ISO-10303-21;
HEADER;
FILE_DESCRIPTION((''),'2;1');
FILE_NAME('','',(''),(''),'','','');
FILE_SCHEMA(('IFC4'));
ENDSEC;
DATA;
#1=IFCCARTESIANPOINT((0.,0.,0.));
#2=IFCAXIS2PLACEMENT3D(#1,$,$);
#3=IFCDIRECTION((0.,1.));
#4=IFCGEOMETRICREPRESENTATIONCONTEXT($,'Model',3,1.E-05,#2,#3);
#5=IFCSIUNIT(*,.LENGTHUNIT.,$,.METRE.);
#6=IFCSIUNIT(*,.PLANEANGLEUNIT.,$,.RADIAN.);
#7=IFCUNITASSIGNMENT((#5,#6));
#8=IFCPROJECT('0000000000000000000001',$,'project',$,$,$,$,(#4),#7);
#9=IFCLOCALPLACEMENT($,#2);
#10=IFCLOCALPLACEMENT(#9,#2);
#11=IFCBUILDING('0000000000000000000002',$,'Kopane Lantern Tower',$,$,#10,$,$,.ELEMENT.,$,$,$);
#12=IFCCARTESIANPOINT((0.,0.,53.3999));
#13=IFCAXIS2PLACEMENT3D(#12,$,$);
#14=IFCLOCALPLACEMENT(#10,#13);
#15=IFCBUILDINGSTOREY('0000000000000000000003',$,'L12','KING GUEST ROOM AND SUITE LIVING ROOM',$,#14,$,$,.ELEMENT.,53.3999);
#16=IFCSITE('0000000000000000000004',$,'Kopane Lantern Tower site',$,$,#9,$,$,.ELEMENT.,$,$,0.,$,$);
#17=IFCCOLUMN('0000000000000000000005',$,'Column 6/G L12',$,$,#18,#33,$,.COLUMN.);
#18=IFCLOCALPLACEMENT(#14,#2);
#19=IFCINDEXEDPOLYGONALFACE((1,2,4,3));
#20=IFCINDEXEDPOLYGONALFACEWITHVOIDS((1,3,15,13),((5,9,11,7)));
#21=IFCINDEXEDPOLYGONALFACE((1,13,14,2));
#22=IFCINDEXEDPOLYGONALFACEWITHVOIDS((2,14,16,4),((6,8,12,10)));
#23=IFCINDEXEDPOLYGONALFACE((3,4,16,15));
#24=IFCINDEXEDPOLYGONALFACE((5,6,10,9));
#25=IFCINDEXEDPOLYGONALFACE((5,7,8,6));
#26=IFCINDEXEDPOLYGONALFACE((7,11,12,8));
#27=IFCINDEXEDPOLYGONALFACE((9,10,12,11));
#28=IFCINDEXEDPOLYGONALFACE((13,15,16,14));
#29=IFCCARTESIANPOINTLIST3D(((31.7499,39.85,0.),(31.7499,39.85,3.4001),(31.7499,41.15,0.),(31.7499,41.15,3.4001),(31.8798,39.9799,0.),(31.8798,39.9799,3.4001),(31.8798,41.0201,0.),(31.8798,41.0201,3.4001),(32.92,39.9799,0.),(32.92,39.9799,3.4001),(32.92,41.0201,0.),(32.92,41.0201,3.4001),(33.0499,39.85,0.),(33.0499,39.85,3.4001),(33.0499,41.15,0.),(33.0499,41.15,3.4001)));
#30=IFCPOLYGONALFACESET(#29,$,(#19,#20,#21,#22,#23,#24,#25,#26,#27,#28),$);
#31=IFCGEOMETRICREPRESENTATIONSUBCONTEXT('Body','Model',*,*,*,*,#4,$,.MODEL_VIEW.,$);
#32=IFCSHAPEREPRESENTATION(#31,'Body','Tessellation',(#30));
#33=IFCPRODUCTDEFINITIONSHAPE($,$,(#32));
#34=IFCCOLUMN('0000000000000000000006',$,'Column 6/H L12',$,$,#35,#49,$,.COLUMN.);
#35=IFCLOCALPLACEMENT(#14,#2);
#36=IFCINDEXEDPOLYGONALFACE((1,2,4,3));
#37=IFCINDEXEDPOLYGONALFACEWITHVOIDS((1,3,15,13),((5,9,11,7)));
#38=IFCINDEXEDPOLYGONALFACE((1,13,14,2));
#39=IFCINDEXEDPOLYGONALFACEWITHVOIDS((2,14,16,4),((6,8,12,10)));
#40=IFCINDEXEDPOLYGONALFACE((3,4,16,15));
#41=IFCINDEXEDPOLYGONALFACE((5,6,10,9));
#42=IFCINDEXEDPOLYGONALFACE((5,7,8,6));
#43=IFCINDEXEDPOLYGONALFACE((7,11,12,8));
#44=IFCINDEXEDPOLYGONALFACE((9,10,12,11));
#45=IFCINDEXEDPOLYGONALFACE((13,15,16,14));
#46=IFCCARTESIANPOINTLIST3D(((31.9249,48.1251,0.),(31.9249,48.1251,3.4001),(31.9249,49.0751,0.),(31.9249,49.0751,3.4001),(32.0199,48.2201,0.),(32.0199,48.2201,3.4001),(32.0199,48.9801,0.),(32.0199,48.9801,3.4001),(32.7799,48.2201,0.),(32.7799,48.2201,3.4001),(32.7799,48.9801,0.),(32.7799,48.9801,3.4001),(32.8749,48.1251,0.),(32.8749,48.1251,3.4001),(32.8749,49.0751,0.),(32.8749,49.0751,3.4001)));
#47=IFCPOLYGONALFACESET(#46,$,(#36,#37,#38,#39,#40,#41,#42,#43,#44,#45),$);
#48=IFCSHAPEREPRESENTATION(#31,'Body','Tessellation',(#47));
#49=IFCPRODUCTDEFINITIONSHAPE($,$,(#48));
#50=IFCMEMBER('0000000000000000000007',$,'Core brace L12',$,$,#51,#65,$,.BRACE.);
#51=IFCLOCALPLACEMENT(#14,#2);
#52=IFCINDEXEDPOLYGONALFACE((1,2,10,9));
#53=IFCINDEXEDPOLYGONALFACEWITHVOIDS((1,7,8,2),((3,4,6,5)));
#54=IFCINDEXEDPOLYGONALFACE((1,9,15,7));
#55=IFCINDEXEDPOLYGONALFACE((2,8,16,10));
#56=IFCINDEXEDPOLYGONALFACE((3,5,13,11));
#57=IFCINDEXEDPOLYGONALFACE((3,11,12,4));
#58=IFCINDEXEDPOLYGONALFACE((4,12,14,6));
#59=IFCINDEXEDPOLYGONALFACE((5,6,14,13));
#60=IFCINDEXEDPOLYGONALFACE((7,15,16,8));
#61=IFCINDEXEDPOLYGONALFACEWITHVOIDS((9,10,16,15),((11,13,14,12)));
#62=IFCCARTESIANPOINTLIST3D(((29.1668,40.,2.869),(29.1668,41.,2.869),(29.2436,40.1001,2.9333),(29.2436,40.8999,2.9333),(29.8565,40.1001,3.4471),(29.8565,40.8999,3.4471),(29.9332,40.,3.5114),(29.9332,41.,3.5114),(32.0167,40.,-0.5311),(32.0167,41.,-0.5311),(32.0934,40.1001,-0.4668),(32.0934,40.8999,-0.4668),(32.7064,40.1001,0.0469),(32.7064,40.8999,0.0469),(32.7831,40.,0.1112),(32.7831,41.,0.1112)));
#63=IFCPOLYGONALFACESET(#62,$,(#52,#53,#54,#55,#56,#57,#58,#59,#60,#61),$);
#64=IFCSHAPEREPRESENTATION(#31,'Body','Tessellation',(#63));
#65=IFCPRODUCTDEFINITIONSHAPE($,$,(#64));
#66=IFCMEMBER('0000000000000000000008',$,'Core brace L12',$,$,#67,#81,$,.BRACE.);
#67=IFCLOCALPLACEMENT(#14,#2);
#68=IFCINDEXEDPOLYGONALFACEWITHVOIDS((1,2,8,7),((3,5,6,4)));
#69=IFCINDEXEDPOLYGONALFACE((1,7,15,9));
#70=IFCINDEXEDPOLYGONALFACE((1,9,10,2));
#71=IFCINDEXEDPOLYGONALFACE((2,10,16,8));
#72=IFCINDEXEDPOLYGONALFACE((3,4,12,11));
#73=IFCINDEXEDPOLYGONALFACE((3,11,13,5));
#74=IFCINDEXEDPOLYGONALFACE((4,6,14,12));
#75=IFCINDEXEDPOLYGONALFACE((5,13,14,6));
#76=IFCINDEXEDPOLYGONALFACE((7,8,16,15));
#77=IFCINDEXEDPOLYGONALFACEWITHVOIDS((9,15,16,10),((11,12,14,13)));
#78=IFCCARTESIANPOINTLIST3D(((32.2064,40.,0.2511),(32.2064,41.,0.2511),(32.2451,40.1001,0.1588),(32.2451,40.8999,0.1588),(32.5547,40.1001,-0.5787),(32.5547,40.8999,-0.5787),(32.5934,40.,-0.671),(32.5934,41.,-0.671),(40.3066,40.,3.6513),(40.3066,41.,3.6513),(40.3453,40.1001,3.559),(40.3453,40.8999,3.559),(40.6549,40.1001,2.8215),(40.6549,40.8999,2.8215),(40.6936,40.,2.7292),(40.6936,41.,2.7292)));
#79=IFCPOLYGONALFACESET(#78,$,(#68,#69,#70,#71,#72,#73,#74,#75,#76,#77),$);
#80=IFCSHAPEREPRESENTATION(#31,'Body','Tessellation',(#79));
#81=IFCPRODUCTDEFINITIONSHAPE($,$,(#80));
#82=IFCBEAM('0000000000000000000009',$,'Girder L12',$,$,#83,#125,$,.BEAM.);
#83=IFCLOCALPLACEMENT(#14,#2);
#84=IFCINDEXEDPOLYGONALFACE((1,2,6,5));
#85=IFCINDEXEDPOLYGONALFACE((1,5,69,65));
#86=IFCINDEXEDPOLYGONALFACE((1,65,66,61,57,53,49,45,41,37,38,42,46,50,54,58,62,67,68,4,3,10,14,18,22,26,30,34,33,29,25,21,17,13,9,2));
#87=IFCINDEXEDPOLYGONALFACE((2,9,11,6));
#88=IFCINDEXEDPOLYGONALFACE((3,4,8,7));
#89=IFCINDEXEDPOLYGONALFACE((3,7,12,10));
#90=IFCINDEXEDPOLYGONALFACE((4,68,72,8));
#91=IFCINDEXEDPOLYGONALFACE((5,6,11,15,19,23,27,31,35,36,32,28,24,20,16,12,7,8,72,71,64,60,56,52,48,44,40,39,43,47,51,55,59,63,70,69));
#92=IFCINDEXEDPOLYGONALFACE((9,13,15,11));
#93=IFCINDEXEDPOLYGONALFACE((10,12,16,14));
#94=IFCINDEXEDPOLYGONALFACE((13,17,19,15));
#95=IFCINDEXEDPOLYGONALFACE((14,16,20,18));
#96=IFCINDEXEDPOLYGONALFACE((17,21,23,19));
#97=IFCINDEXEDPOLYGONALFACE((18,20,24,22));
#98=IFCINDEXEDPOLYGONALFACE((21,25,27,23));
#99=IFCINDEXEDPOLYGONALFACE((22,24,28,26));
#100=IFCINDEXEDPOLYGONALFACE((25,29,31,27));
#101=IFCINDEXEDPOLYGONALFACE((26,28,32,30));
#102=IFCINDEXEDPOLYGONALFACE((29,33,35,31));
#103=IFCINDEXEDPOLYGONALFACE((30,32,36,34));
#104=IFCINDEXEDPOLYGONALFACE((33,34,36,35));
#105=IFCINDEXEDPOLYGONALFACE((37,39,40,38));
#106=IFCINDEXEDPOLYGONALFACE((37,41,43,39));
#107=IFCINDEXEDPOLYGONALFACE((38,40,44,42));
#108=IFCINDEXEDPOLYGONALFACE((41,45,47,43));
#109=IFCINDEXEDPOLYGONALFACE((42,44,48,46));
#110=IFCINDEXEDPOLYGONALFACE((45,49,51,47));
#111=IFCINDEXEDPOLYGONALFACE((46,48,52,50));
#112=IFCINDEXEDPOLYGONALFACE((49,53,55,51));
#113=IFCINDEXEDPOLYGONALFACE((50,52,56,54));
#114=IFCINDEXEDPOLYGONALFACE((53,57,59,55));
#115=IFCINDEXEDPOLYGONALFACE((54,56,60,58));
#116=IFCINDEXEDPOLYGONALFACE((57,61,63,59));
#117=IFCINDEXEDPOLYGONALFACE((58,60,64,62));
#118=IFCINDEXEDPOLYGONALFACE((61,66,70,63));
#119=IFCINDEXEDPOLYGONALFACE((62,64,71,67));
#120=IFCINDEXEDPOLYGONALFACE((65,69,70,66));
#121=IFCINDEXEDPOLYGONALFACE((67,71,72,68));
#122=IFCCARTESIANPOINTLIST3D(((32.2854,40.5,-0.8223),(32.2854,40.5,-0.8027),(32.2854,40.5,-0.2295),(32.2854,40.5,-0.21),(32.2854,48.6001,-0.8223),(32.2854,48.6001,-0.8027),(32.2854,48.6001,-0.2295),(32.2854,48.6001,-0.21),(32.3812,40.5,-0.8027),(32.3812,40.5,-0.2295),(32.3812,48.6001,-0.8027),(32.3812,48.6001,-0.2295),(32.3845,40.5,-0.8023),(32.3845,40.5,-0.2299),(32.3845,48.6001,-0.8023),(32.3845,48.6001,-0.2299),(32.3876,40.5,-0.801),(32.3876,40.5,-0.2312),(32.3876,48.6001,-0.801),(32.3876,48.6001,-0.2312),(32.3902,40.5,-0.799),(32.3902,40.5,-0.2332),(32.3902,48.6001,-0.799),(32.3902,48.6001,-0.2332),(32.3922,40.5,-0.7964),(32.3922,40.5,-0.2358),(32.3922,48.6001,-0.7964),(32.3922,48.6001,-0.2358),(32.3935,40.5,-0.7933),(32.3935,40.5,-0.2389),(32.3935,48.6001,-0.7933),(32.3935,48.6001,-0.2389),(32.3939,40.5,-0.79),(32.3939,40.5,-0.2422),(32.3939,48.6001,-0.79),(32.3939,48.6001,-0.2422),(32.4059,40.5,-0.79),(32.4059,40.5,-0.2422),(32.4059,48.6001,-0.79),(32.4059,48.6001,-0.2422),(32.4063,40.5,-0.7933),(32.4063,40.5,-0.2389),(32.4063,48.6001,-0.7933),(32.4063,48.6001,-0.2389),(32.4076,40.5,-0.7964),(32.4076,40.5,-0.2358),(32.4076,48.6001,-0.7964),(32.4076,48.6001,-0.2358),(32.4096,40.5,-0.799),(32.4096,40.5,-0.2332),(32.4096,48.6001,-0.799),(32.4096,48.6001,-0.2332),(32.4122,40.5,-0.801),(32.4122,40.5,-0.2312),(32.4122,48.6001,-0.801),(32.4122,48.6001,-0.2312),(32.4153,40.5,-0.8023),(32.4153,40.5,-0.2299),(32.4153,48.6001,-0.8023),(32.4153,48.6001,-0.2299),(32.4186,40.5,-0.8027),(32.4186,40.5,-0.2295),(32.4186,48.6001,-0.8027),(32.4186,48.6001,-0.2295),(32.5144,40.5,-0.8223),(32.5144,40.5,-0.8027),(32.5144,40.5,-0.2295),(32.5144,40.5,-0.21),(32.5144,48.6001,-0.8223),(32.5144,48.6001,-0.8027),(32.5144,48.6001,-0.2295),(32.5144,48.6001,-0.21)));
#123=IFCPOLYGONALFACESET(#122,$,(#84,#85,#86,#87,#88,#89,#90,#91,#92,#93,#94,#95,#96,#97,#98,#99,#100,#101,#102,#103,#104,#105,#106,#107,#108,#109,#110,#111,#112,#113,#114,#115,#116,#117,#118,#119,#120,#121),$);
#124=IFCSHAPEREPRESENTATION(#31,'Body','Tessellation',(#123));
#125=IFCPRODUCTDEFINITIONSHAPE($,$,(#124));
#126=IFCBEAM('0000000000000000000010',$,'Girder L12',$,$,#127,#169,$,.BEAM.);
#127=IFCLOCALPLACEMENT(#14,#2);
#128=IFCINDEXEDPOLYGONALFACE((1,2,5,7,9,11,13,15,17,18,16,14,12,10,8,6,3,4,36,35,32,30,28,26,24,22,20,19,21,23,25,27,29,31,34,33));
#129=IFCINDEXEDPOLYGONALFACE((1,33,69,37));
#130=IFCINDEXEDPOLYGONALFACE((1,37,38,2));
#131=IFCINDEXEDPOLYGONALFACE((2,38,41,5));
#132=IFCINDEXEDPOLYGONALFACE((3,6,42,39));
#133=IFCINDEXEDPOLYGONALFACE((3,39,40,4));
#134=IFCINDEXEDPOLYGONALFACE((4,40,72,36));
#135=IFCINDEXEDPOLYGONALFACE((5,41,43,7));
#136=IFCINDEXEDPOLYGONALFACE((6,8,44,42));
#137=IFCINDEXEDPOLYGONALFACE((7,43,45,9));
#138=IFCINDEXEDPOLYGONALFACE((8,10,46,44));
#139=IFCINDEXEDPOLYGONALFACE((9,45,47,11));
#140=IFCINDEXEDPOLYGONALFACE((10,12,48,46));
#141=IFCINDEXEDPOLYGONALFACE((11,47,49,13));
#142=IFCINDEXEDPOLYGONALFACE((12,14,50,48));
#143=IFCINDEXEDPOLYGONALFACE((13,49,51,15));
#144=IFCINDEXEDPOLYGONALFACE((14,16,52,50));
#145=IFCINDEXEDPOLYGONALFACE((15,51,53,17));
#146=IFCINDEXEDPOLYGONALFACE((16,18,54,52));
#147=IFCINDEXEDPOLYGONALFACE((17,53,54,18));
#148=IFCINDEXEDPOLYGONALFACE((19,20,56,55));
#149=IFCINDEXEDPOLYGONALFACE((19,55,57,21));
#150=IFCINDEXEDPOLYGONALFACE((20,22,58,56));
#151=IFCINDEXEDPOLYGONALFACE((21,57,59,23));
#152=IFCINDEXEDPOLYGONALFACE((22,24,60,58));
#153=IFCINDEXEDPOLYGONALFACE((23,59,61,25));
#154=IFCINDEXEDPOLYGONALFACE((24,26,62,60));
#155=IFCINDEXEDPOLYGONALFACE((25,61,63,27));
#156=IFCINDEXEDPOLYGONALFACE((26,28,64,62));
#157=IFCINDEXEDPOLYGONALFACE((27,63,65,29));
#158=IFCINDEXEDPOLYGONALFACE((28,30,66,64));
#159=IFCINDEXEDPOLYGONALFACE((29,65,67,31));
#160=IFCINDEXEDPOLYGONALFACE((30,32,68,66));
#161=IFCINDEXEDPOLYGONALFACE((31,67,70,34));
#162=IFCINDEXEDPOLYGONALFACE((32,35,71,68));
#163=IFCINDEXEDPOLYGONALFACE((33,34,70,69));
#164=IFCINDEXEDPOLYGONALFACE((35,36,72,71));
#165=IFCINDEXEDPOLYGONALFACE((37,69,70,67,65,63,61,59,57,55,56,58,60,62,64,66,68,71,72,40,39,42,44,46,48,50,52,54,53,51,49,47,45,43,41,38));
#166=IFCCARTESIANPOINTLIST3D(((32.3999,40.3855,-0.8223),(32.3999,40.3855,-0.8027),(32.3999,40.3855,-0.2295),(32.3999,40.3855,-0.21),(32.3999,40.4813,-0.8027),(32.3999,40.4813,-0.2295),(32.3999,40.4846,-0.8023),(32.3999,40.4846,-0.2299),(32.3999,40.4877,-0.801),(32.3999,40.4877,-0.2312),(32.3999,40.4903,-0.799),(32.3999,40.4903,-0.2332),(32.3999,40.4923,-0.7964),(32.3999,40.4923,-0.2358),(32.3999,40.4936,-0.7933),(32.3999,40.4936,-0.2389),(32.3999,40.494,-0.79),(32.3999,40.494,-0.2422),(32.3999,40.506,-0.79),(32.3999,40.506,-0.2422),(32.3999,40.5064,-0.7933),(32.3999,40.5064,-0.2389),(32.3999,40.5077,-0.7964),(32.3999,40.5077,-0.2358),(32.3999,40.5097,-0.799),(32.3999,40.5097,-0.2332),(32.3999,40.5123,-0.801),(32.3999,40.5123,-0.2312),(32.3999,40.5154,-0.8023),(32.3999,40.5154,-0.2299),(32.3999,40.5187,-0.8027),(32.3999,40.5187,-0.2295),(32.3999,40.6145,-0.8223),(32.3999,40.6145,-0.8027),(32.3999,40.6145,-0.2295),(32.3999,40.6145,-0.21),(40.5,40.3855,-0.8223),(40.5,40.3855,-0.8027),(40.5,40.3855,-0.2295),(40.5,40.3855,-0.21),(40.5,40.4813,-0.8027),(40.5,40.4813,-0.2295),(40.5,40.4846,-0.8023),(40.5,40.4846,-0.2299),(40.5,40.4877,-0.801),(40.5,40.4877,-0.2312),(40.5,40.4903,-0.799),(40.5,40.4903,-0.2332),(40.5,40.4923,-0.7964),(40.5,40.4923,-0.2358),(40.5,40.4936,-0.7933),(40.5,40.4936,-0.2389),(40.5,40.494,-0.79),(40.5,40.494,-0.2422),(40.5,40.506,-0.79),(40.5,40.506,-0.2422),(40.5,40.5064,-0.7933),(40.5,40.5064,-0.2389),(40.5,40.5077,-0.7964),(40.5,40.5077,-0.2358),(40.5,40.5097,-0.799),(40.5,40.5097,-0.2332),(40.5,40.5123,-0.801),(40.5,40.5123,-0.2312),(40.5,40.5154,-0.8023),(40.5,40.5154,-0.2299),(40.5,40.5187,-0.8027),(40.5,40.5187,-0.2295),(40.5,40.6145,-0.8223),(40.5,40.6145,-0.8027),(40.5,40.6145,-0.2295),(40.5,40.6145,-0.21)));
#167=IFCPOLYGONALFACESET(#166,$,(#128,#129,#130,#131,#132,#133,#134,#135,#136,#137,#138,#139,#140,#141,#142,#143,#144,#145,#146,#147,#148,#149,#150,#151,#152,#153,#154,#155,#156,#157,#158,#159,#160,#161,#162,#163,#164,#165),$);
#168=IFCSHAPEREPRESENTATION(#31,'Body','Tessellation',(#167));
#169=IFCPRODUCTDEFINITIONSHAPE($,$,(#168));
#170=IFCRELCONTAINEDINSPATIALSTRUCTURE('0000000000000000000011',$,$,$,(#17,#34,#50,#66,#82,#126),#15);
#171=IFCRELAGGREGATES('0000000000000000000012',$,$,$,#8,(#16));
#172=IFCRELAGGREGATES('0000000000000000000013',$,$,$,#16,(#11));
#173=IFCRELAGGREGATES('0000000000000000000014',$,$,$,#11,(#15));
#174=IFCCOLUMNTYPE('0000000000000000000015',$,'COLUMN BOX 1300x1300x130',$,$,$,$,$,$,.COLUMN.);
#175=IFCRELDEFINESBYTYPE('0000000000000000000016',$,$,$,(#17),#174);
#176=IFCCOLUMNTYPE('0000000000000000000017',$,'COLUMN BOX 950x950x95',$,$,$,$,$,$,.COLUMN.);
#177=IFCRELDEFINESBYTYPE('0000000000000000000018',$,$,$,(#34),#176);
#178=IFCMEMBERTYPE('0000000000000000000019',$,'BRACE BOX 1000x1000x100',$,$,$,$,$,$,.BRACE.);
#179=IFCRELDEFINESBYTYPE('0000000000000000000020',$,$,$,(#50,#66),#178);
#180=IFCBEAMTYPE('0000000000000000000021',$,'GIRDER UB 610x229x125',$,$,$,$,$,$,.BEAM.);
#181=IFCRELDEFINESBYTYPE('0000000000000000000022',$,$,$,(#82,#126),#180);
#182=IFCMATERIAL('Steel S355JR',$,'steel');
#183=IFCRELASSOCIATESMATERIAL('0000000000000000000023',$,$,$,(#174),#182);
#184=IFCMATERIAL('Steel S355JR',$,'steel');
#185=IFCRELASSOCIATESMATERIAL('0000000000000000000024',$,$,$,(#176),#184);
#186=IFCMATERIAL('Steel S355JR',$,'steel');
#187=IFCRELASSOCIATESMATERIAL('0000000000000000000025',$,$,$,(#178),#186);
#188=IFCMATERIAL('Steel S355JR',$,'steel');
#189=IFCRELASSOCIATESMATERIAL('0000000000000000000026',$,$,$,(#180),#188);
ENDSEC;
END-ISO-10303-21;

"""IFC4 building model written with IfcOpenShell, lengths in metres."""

from ifc_helpers import new_model, si_unit, direction, frame, origin, origin_2d, place, context, subcontext, project, spatial, hollow_rectangle, i_section, extrude, material, material_profile, profile_set, type_object, element, save


model = new_model("IFC4")

# Units and contexts
model_context = context("Model", 3, precision=1e-05, world=origin(), true_north=direction((0.0, 1.0)))
body_context = subcontext(model_context, "Body", "Model", "MODEL_VIEW")
ifc_project = project(units=[si_unit("LENGTHUNIT", "METRE"), si_unit("PLANEANGLEUNIT", "RADIAN")], contexts=[model_context])

# Site, building, storey
site_placement = place(None, origin())
site = spatial("IfcSite", under=ifc_project, at=site_placement, Name="Kopane Lantern Tower site", CompositionType="ELEMENT", RefElevation=0.0)
building_placement = place(site_placement, origin())
building = spatial("IfcBuilding", under=site, at=building_placement, Name="Kopane Lantern Tower", CompositionType="ELEMENT")
storey_placement = place(building_placement, frame((0.0, 0.0, 53.3999)))
storey = spatial("IfcBuildingStorey", under=building, at=storey_placement, Name="L12", Description="KING GUEST ROOM AND SUITE LIVING ROOM", CompositionType="ELEMENT", Elevation=53.3999)

# Columns
ifc_material_1 = material(Name="Steel S355JR", Category="steel")
ifc_material_profile_1 = material_profile(ifc_material_1, hollow_rectangle(XDim=1.3, YDim=1.3, WallThickness=0.1299, at=origin_2d()), Name="BOX 1300x1300x130")
ifc_profile_set_1 = profile_set([ifc_material_profile_1], Name="Steel S355JR")
column_type_1 = type_object("IfcColumnType", Name="COLUMN BOX 1300x1300x130", PredefinedType="COLUMN", material=ifc_profile_set_1)
column_1_placement = place(storey_placement, frame((32.3999, 40.5, 0.0), z_axis=(0.0, 0.0, 1.0), x_axis=(1.0, 0.0, 0.0)))
element("IfcColumn", 1, at=column_1_placement, inside=storey, type_object=column_type_1, Name="Column 6/G L12", PredefinedType="COLUMN", context=body_context, shape_type="SweptSolid", body=[
    extrude(hollow_rectangle(XDim=1.3, YDim=1.3, WallThickness=0.1299, at=origin_2d()), origin(), (0.0, 0.0, 1.0), 3.4001),
])
ifc_material_2 = material(Name="Steel S355JR", Category="steel")
ifc_material_profile_2 = material_profile(ifc_material_2, hollow_rectangle(XDim=0.95, YDim=0.95, WallThickness=0.095, at=origin_2d()), Name="BOX 950x950x95")
ifc_profile_set_2 = profile_set([ifc_material_profile_2], Name="Steel S355JR")
column_type_2 = type_object("IfcColumnType", Name="COLUMN BOX 950x950x95", PredefinedType="COLUMN", material=ifc_profile_set_2)
column_2_placement = place(storey_placement, frame((32.3999, 48.6001, 0.0), z_axis=(0.0, 0.0, 1.0), x_axis=(1.0, 0.0, 0.0)))
element("IfcColumn", 2, at=column_2_placement, inside=storey, type_object=column_type_2, Name="Column 6/H L12", PredefinedType="COLUMN", context=body_context, shape_type="SweptSolid", body=[
    extrude(hollow_rectangle(XDim=0.95, YDim=0.95, WallThickness=0.095, at=origin_2d()), origin(), (0.0, 0.0, 1.0), 3.4001),
])

# Members
ifc_material_3 = material(Name="Steel S355JR", Category="steel")
ifc_material_profile_3 = material_profile(ifc_material_3, hollow_rectangle(XDim=1.0, YDim=1.0, WallThickness=0.1001, at=origin_2d()), Name="BOX 1000x1000x100")
ifc_profile_set_3 = profile_set([ifc_material_profile_3], Name="Steel S355JR")
member_type = type_object("IfcMemberType", Name="BRACE BOX 1000x1000x100", PredefinedType="BRACE", material=ifc_profile_set_3)
member_1_placement = place(storey_placement, frame((32.3999, 40.5, -0.21), z_axis=(-0.642363, 0.0, 0.7664), x_axis=(0.0, -1.0, 0.0)))
element("IfcMember", 3, at=member_1_placement, inside=storey, type_object=member_type, Name="Core brace L12", PredefinedType="BRACE", context=body_context, shape_type="SweptSolid", body=[
    extrude(hollow_rectangle(XDim=1.0, YDim=1.0, WallThickness=0.1001, at=origin_2d()), origin(), (0.0, 0.0, 1.0), 4.4365),
])
member_2_placement = place(storey_placement, frame((32.3999, 40.5, -0.21), z_axis=(0.922059, 0.0, 0.387049), x_axis=(0.0, 1.0, 0.0)))
element("IfcMember", 4, at=member_2_placement, inside=storey, type_object=member_type, Name="Core brace L12", PredefinedType="BRACE", context=body_context, shape_type="SweptSolid", body=[
    extrude(hollow_rectangle(XDim=1.0, YDim=1.0, WallThickness=0.1001, at=origin_2d()), origin(), (0.0, 0.0, 1.0), 8.7849),
])

# Beams
ifc_material_4 = material(Name="Steel S355JR", Category="steel")
ifc_material_profile_4 = material_profile(ifc_material_4, i_section(OverallWidth=0.229, OverallDepth=0.6123, WebThickness=0.012, FlangeThickness=0.0195, FilletRadius=0.0127, at=origin_2d()), Name="UB 610x229x125")
ifc_profile_set_4 = profile_set([ifc_material_profile_4], Name="Steel S355JR")
beam_type = type_object("IfcBeamType", Name="GIRDER UB 610x229x125", PredefinedType="BEAM", material=ifc_profile_set_4)
for number, where, z_axis, x_axis, name in (
    (5, (32.3999, 40.5, -0.5161), (0.0, 1.0, 0.0), (-1.0, 0.0, 0.0), "Girder L12"),
    (6, (32.3999, 40.5, -0.5161), (1.0, 0.0, 0.0), (0.0, 1.0, 0.0), "Girder L12"),
):
    element("IfcBeam", number, at=place(storey_placement, frame(where, z_axis=z_axis, x_axis=x_axis)), inside=storey, type_object=beam_type, Name=name, PredefinedType="BEAM", context=body_context, shape_type="SweptSolid", body=[
        extrude(i_section(OverallWidth=0.229, OverallDepth=0.6123, WebThickness=0.012, FlangeThickness=0.0195, FilletRadius=0.0127, at=origin_2d()), origin(), (0.0, 0.0, 1.0), 8.1001),
    ])

save(model, "model.ifc")
